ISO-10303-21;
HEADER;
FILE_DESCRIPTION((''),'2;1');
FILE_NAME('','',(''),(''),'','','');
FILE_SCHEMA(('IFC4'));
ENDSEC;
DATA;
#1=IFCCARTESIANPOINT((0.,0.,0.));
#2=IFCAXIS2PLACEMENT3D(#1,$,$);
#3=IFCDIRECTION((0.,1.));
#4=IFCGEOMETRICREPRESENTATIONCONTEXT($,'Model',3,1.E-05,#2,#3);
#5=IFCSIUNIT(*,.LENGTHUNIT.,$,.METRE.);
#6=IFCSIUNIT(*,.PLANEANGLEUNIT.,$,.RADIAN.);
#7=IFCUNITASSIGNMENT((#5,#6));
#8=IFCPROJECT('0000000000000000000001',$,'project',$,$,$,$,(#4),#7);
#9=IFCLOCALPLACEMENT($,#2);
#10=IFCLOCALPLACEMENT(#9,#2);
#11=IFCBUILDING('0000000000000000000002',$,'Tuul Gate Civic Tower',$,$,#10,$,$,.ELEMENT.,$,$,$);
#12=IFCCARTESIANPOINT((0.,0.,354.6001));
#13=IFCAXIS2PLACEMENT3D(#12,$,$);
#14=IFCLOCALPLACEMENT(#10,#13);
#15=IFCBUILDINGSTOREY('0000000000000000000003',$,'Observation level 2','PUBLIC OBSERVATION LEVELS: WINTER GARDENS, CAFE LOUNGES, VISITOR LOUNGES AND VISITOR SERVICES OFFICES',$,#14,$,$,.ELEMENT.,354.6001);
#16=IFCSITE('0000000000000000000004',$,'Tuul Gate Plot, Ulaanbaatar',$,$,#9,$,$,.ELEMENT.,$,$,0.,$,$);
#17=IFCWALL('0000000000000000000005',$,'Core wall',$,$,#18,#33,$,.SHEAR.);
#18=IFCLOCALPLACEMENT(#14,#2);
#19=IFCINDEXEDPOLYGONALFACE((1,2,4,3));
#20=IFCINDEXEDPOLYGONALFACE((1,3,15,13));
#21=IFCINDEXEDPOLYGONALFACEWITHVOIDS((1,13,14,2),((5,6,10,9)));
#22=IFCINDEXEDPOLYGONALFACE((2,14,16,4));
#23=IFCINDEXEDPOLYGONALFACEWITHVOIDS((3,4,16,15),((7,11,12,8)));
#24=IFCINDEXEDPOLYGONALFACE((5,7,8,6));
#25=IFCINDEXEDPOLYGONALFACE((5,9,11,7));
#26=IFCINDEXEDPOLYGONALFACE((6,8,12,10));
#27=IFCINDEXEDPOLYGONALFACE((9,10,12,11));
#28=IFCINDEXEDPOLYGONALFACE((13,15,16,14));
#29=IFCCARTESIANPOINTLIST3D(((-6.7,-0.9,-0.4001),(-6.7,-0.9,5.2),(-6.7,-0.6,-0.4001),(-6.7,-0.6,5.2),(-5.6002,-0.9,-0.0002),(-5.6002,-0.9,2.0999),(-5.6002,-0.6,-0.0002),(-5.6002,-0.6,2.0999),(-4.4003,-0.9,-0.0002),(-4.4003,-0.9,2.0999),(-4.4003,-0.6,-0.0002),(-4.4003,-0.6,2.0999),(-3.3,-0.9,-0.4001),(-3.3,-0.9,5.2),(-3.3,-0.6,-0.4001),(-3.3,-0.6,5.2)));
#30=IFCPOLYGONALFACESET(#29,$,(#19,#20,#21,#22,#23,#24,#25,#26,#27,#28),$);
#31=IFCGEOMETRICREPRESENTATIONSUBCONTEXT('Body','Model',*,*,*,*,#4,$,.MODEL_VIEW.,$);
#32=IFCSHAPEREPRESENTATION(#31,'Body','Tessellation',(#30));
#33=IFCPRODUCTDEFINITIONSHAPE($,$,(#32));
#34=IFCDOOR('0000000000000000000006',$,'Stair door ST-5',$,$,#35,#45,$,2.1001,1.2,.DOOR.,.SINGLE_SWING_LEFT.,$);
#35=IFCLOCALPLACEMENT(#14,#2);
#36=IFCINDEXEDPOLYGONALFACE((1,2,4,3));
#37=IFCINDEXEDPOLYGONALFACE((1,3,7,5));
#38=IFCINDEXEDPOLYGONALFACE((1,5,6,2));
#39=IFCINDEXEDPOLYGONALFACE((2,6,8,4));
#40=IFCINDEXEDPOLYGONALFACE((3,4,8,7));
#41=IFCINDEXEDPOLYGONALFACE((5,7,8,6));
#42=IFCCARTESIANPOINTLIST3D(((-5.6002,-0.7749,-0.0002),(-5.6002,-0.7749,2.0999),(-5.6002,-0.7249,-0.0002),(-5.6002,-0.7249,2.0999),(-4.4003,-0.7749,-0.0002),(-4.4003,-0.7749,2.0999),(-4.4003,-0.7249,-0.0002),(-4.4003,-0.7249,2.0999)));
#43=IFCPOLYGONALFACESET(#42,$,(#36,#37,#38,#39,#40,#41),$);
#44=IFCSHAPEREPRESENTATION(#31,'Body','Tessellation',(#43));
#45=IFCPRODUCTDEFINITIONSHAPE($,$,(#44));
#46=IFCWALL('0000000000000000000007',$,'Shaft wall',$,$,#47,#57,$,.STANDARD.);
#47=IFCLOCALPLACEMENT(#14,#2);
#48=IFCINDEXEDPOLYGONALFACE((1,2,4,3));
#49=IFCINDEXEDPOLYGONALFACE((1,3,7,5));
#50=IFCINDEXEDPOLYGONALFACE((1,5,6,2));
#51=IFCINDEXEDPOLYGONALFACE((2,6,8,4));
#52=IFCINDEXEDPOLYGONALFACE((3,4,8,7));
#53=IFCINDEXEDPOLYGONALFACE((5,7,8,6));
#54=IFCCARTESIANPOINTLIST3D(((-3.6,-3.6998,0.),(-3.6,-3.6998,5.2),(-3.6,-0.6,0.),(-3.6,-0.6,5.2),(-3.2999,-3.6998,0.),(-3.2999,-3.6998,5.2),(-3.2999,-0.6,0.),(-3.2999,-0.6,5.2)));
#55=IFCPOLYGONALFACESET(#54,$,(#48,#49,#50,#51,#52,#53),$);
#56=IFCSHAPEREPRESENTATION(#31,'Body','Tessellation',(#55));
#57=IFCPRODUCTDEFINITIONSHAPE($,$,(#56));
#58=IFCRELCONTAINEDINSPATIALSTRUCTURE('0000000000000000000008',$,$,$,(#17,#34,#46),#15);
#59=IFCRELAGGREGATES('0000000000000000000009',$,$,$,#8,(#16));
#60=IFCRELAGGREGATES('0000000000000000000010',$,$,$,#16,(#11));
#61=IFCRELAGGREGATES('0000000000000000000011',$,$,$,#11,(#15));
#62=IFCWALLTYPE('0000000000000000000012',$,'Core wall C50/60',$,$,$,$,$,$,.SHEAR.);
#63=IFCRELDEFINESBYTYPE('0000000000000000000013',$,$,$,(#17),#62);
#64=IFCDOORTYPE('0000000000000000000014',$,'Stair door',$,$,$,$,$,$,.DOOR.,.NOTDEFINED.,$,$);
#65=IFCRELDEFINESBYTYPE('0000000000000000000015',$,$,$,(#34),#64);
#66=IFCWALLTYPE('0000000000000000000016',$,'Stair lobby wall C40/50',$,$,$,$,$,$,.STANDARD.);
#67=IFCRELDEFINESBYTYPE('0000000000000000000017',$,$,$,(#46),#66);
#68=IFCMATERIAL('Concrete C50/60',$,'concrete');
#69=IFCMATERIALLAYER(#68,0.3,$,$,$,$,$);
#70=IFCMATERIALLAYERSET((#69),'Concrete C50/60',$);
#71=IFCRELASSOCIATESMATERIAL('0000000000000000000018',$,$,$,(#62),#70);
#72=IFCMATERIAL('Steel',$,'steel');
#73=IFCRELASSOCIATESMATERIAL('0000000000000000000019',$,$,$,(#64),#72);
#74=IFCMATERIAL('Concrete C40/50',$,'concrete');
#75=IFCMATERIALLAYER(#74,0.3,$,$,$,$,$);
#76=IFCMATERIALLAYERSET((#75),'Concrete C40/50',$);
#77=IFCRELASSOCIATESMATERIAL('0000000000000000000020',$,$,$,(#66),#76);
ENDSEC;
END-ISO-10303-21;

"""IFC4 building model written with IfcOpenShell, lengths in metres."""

from ifc_helpers import new_model, si_unit, direction, frame, frame_2d, origin, place, context, subcontext, project, spatial, rectangle, extrude, material, layer, layer_set, type_object, element, fill, save


model = new_model("IFC4")

# Units and contexts
model_context = context("Model", 3, precision=1e-05, world=origin(), true_north=direction((0.0, 1.0)))
body_context = subcontext(model_context, "Body", "Model", "MODEL_VIEW")
ifc_project = project(units=[si_unit("LENGTHUNIT", "METRE"), si_unit("PLANEANGLEUNIT", "RADIAN")], contexts=[model_context])

# Site, building, storey
site_placement = place(None, origin())
site = spatial("IfcSite", under=ifc_project, at=site_placement, Name="Tuul Gate Plot, Ulaanbaatar", CompositionType="ELEMENT", RefElevation=0.0)
building_placement = place(site_placement, origin())
building = spatial("IfcBuilding", under=site, at=building_placement, Name="Tuul Gate Civic Tower", CompositionType="ELEMENT")
storey_placement = place(building_placement, frame((0.0, 0.0, 354.6001)))
storey = spatial("IfcBuildingStorey", under=building, at=storey_placement, Name="Observation level 2", Description="PUBLIC OBSERVATION LEVELS: WINTER GARDENS, CAFE LOUNGES, VISITOR LOUNGES AND VISITOR SERVICES OFFICES", CompositionType="ELEMENT", Elevation=354.6001)

# Shared definitions
ifc_material_1 = material(Name="Concrete C50/60", Category="concrete")
ifc_layer_1 = layer(ifc_material_1, 0.3)
ifc_layer_set_1 = layer_set([ifc_layer_1], Name="Concrete C50/60")
wall_type_1 = type_object("IfcWallType", Name="Core wall C50/60", PredefinedType="SHEAR", material=ifc_layer_set_1)

# Wall, opening, door
wall_1_placement = place(storey_placement, frame((-3.3, -0.75, -0.4001), z_axis=(0.0, 0.0, 1.0), x_axis=(-1.0, 0.0, 0.0)))
wall_1 = element("IfcWall", 1, at=wall_1_placement, inside=storey, type_object=wall_type_1, Name="Core wall", PredefinedType="SHEAR", context=body_context, shape_type="SweptSolid", body=[
    extrude(rectangle(XDim=3.3999, YDim=0.3, at=frame_2d((1.7, 0.0))), origin(), (0.0, 0.0, 1.0), 5.6001),
])
opening_placement = place(wall_1_placement, frame((1.1001, 0.0, 0.3999)))
opening = element("IfcOpeningElement", 2, at=opening_placement, cuts=wall_1, PredefinedType="OPENING", context=body_context, shape_type="SweptSolid", body=[
    extrude(rectangle(XDim=1.2, YDim=2.1001, at=frame_2d((0.6001, 1.05))), frame((0.0, 0.1602, 0.0), z_axis=(0.0, -1.0, 0.0), x_axis=(1.0, 0.0, 0.0)), (0.0, 0.0, 1.0), 0.3201),
])
ifc_material_2 = material(Name="Steel", Category="steel")
door_type = type_object("IfcDoorType", Name="Stair door", OperationType="NOTDEFINED", PredefinedType="DOOR", material=ifc_material_2)
door_placement = place(opening_placement, origin())
door = element("IfcDoor", 3, at=door_placement, inside=storey, type_object=door_type, Name="Stair door ST-5", OperationType="SINGLE_SWING_LEFT", OverallHeight=2.1001, OverallWidth=1.2, PredefinedType="DOOR", context=body_context, shape_type="SweptSolid", body=[
    extrude(rectangle(XDim=1.2, YDim=2.1001, at=frame_2d((0.6001, 1.05))), frame((0.0, 0.0249, 0.0), z_axis=(0.0, -1.0, 0.0), x_axis=(1.0, 0.0, 0.0)), (0.0, 0.0, 1.0), 0.05),
])
fill(opening, door)

# Wall
ifc_material_3 = material(Name="Concrete C40/50", Category="concrete")
ifc_layer_2 = layer(ifc_material_3, 0.3)
ifc_layer_set_2 = layer_set([ifc_layer_2], Name="Concrete C40/50")
wall_type_2 = type_object("IfcWallType", Name="Stair lobby wall C40/50", PredefinedType="STANDARD", material=ifc_layer_set_2)
wall_2_placement = place(storey_placement, frame((-3.45, -0.6001, 0.0), z_axis=(0.0, 0.0, 1.0), x_axis=(0.0, -1.0, 0.0)))
element("IfcWall", 4, at=wall_2_placement, inside=storey, type_object=wall_type_2, Name="Shaft wall", PredefinedType="STANDARD", context=body_context, shape_type="SweptSolid", body=[
    extrude(rectangle(XDim=3.0999, YDim=0.3, at=frame_2d((1.5498, 0.0))), origin(), (0.0, 0.0, 1.0), 5.2),
])

save(model, "model.ifc")
